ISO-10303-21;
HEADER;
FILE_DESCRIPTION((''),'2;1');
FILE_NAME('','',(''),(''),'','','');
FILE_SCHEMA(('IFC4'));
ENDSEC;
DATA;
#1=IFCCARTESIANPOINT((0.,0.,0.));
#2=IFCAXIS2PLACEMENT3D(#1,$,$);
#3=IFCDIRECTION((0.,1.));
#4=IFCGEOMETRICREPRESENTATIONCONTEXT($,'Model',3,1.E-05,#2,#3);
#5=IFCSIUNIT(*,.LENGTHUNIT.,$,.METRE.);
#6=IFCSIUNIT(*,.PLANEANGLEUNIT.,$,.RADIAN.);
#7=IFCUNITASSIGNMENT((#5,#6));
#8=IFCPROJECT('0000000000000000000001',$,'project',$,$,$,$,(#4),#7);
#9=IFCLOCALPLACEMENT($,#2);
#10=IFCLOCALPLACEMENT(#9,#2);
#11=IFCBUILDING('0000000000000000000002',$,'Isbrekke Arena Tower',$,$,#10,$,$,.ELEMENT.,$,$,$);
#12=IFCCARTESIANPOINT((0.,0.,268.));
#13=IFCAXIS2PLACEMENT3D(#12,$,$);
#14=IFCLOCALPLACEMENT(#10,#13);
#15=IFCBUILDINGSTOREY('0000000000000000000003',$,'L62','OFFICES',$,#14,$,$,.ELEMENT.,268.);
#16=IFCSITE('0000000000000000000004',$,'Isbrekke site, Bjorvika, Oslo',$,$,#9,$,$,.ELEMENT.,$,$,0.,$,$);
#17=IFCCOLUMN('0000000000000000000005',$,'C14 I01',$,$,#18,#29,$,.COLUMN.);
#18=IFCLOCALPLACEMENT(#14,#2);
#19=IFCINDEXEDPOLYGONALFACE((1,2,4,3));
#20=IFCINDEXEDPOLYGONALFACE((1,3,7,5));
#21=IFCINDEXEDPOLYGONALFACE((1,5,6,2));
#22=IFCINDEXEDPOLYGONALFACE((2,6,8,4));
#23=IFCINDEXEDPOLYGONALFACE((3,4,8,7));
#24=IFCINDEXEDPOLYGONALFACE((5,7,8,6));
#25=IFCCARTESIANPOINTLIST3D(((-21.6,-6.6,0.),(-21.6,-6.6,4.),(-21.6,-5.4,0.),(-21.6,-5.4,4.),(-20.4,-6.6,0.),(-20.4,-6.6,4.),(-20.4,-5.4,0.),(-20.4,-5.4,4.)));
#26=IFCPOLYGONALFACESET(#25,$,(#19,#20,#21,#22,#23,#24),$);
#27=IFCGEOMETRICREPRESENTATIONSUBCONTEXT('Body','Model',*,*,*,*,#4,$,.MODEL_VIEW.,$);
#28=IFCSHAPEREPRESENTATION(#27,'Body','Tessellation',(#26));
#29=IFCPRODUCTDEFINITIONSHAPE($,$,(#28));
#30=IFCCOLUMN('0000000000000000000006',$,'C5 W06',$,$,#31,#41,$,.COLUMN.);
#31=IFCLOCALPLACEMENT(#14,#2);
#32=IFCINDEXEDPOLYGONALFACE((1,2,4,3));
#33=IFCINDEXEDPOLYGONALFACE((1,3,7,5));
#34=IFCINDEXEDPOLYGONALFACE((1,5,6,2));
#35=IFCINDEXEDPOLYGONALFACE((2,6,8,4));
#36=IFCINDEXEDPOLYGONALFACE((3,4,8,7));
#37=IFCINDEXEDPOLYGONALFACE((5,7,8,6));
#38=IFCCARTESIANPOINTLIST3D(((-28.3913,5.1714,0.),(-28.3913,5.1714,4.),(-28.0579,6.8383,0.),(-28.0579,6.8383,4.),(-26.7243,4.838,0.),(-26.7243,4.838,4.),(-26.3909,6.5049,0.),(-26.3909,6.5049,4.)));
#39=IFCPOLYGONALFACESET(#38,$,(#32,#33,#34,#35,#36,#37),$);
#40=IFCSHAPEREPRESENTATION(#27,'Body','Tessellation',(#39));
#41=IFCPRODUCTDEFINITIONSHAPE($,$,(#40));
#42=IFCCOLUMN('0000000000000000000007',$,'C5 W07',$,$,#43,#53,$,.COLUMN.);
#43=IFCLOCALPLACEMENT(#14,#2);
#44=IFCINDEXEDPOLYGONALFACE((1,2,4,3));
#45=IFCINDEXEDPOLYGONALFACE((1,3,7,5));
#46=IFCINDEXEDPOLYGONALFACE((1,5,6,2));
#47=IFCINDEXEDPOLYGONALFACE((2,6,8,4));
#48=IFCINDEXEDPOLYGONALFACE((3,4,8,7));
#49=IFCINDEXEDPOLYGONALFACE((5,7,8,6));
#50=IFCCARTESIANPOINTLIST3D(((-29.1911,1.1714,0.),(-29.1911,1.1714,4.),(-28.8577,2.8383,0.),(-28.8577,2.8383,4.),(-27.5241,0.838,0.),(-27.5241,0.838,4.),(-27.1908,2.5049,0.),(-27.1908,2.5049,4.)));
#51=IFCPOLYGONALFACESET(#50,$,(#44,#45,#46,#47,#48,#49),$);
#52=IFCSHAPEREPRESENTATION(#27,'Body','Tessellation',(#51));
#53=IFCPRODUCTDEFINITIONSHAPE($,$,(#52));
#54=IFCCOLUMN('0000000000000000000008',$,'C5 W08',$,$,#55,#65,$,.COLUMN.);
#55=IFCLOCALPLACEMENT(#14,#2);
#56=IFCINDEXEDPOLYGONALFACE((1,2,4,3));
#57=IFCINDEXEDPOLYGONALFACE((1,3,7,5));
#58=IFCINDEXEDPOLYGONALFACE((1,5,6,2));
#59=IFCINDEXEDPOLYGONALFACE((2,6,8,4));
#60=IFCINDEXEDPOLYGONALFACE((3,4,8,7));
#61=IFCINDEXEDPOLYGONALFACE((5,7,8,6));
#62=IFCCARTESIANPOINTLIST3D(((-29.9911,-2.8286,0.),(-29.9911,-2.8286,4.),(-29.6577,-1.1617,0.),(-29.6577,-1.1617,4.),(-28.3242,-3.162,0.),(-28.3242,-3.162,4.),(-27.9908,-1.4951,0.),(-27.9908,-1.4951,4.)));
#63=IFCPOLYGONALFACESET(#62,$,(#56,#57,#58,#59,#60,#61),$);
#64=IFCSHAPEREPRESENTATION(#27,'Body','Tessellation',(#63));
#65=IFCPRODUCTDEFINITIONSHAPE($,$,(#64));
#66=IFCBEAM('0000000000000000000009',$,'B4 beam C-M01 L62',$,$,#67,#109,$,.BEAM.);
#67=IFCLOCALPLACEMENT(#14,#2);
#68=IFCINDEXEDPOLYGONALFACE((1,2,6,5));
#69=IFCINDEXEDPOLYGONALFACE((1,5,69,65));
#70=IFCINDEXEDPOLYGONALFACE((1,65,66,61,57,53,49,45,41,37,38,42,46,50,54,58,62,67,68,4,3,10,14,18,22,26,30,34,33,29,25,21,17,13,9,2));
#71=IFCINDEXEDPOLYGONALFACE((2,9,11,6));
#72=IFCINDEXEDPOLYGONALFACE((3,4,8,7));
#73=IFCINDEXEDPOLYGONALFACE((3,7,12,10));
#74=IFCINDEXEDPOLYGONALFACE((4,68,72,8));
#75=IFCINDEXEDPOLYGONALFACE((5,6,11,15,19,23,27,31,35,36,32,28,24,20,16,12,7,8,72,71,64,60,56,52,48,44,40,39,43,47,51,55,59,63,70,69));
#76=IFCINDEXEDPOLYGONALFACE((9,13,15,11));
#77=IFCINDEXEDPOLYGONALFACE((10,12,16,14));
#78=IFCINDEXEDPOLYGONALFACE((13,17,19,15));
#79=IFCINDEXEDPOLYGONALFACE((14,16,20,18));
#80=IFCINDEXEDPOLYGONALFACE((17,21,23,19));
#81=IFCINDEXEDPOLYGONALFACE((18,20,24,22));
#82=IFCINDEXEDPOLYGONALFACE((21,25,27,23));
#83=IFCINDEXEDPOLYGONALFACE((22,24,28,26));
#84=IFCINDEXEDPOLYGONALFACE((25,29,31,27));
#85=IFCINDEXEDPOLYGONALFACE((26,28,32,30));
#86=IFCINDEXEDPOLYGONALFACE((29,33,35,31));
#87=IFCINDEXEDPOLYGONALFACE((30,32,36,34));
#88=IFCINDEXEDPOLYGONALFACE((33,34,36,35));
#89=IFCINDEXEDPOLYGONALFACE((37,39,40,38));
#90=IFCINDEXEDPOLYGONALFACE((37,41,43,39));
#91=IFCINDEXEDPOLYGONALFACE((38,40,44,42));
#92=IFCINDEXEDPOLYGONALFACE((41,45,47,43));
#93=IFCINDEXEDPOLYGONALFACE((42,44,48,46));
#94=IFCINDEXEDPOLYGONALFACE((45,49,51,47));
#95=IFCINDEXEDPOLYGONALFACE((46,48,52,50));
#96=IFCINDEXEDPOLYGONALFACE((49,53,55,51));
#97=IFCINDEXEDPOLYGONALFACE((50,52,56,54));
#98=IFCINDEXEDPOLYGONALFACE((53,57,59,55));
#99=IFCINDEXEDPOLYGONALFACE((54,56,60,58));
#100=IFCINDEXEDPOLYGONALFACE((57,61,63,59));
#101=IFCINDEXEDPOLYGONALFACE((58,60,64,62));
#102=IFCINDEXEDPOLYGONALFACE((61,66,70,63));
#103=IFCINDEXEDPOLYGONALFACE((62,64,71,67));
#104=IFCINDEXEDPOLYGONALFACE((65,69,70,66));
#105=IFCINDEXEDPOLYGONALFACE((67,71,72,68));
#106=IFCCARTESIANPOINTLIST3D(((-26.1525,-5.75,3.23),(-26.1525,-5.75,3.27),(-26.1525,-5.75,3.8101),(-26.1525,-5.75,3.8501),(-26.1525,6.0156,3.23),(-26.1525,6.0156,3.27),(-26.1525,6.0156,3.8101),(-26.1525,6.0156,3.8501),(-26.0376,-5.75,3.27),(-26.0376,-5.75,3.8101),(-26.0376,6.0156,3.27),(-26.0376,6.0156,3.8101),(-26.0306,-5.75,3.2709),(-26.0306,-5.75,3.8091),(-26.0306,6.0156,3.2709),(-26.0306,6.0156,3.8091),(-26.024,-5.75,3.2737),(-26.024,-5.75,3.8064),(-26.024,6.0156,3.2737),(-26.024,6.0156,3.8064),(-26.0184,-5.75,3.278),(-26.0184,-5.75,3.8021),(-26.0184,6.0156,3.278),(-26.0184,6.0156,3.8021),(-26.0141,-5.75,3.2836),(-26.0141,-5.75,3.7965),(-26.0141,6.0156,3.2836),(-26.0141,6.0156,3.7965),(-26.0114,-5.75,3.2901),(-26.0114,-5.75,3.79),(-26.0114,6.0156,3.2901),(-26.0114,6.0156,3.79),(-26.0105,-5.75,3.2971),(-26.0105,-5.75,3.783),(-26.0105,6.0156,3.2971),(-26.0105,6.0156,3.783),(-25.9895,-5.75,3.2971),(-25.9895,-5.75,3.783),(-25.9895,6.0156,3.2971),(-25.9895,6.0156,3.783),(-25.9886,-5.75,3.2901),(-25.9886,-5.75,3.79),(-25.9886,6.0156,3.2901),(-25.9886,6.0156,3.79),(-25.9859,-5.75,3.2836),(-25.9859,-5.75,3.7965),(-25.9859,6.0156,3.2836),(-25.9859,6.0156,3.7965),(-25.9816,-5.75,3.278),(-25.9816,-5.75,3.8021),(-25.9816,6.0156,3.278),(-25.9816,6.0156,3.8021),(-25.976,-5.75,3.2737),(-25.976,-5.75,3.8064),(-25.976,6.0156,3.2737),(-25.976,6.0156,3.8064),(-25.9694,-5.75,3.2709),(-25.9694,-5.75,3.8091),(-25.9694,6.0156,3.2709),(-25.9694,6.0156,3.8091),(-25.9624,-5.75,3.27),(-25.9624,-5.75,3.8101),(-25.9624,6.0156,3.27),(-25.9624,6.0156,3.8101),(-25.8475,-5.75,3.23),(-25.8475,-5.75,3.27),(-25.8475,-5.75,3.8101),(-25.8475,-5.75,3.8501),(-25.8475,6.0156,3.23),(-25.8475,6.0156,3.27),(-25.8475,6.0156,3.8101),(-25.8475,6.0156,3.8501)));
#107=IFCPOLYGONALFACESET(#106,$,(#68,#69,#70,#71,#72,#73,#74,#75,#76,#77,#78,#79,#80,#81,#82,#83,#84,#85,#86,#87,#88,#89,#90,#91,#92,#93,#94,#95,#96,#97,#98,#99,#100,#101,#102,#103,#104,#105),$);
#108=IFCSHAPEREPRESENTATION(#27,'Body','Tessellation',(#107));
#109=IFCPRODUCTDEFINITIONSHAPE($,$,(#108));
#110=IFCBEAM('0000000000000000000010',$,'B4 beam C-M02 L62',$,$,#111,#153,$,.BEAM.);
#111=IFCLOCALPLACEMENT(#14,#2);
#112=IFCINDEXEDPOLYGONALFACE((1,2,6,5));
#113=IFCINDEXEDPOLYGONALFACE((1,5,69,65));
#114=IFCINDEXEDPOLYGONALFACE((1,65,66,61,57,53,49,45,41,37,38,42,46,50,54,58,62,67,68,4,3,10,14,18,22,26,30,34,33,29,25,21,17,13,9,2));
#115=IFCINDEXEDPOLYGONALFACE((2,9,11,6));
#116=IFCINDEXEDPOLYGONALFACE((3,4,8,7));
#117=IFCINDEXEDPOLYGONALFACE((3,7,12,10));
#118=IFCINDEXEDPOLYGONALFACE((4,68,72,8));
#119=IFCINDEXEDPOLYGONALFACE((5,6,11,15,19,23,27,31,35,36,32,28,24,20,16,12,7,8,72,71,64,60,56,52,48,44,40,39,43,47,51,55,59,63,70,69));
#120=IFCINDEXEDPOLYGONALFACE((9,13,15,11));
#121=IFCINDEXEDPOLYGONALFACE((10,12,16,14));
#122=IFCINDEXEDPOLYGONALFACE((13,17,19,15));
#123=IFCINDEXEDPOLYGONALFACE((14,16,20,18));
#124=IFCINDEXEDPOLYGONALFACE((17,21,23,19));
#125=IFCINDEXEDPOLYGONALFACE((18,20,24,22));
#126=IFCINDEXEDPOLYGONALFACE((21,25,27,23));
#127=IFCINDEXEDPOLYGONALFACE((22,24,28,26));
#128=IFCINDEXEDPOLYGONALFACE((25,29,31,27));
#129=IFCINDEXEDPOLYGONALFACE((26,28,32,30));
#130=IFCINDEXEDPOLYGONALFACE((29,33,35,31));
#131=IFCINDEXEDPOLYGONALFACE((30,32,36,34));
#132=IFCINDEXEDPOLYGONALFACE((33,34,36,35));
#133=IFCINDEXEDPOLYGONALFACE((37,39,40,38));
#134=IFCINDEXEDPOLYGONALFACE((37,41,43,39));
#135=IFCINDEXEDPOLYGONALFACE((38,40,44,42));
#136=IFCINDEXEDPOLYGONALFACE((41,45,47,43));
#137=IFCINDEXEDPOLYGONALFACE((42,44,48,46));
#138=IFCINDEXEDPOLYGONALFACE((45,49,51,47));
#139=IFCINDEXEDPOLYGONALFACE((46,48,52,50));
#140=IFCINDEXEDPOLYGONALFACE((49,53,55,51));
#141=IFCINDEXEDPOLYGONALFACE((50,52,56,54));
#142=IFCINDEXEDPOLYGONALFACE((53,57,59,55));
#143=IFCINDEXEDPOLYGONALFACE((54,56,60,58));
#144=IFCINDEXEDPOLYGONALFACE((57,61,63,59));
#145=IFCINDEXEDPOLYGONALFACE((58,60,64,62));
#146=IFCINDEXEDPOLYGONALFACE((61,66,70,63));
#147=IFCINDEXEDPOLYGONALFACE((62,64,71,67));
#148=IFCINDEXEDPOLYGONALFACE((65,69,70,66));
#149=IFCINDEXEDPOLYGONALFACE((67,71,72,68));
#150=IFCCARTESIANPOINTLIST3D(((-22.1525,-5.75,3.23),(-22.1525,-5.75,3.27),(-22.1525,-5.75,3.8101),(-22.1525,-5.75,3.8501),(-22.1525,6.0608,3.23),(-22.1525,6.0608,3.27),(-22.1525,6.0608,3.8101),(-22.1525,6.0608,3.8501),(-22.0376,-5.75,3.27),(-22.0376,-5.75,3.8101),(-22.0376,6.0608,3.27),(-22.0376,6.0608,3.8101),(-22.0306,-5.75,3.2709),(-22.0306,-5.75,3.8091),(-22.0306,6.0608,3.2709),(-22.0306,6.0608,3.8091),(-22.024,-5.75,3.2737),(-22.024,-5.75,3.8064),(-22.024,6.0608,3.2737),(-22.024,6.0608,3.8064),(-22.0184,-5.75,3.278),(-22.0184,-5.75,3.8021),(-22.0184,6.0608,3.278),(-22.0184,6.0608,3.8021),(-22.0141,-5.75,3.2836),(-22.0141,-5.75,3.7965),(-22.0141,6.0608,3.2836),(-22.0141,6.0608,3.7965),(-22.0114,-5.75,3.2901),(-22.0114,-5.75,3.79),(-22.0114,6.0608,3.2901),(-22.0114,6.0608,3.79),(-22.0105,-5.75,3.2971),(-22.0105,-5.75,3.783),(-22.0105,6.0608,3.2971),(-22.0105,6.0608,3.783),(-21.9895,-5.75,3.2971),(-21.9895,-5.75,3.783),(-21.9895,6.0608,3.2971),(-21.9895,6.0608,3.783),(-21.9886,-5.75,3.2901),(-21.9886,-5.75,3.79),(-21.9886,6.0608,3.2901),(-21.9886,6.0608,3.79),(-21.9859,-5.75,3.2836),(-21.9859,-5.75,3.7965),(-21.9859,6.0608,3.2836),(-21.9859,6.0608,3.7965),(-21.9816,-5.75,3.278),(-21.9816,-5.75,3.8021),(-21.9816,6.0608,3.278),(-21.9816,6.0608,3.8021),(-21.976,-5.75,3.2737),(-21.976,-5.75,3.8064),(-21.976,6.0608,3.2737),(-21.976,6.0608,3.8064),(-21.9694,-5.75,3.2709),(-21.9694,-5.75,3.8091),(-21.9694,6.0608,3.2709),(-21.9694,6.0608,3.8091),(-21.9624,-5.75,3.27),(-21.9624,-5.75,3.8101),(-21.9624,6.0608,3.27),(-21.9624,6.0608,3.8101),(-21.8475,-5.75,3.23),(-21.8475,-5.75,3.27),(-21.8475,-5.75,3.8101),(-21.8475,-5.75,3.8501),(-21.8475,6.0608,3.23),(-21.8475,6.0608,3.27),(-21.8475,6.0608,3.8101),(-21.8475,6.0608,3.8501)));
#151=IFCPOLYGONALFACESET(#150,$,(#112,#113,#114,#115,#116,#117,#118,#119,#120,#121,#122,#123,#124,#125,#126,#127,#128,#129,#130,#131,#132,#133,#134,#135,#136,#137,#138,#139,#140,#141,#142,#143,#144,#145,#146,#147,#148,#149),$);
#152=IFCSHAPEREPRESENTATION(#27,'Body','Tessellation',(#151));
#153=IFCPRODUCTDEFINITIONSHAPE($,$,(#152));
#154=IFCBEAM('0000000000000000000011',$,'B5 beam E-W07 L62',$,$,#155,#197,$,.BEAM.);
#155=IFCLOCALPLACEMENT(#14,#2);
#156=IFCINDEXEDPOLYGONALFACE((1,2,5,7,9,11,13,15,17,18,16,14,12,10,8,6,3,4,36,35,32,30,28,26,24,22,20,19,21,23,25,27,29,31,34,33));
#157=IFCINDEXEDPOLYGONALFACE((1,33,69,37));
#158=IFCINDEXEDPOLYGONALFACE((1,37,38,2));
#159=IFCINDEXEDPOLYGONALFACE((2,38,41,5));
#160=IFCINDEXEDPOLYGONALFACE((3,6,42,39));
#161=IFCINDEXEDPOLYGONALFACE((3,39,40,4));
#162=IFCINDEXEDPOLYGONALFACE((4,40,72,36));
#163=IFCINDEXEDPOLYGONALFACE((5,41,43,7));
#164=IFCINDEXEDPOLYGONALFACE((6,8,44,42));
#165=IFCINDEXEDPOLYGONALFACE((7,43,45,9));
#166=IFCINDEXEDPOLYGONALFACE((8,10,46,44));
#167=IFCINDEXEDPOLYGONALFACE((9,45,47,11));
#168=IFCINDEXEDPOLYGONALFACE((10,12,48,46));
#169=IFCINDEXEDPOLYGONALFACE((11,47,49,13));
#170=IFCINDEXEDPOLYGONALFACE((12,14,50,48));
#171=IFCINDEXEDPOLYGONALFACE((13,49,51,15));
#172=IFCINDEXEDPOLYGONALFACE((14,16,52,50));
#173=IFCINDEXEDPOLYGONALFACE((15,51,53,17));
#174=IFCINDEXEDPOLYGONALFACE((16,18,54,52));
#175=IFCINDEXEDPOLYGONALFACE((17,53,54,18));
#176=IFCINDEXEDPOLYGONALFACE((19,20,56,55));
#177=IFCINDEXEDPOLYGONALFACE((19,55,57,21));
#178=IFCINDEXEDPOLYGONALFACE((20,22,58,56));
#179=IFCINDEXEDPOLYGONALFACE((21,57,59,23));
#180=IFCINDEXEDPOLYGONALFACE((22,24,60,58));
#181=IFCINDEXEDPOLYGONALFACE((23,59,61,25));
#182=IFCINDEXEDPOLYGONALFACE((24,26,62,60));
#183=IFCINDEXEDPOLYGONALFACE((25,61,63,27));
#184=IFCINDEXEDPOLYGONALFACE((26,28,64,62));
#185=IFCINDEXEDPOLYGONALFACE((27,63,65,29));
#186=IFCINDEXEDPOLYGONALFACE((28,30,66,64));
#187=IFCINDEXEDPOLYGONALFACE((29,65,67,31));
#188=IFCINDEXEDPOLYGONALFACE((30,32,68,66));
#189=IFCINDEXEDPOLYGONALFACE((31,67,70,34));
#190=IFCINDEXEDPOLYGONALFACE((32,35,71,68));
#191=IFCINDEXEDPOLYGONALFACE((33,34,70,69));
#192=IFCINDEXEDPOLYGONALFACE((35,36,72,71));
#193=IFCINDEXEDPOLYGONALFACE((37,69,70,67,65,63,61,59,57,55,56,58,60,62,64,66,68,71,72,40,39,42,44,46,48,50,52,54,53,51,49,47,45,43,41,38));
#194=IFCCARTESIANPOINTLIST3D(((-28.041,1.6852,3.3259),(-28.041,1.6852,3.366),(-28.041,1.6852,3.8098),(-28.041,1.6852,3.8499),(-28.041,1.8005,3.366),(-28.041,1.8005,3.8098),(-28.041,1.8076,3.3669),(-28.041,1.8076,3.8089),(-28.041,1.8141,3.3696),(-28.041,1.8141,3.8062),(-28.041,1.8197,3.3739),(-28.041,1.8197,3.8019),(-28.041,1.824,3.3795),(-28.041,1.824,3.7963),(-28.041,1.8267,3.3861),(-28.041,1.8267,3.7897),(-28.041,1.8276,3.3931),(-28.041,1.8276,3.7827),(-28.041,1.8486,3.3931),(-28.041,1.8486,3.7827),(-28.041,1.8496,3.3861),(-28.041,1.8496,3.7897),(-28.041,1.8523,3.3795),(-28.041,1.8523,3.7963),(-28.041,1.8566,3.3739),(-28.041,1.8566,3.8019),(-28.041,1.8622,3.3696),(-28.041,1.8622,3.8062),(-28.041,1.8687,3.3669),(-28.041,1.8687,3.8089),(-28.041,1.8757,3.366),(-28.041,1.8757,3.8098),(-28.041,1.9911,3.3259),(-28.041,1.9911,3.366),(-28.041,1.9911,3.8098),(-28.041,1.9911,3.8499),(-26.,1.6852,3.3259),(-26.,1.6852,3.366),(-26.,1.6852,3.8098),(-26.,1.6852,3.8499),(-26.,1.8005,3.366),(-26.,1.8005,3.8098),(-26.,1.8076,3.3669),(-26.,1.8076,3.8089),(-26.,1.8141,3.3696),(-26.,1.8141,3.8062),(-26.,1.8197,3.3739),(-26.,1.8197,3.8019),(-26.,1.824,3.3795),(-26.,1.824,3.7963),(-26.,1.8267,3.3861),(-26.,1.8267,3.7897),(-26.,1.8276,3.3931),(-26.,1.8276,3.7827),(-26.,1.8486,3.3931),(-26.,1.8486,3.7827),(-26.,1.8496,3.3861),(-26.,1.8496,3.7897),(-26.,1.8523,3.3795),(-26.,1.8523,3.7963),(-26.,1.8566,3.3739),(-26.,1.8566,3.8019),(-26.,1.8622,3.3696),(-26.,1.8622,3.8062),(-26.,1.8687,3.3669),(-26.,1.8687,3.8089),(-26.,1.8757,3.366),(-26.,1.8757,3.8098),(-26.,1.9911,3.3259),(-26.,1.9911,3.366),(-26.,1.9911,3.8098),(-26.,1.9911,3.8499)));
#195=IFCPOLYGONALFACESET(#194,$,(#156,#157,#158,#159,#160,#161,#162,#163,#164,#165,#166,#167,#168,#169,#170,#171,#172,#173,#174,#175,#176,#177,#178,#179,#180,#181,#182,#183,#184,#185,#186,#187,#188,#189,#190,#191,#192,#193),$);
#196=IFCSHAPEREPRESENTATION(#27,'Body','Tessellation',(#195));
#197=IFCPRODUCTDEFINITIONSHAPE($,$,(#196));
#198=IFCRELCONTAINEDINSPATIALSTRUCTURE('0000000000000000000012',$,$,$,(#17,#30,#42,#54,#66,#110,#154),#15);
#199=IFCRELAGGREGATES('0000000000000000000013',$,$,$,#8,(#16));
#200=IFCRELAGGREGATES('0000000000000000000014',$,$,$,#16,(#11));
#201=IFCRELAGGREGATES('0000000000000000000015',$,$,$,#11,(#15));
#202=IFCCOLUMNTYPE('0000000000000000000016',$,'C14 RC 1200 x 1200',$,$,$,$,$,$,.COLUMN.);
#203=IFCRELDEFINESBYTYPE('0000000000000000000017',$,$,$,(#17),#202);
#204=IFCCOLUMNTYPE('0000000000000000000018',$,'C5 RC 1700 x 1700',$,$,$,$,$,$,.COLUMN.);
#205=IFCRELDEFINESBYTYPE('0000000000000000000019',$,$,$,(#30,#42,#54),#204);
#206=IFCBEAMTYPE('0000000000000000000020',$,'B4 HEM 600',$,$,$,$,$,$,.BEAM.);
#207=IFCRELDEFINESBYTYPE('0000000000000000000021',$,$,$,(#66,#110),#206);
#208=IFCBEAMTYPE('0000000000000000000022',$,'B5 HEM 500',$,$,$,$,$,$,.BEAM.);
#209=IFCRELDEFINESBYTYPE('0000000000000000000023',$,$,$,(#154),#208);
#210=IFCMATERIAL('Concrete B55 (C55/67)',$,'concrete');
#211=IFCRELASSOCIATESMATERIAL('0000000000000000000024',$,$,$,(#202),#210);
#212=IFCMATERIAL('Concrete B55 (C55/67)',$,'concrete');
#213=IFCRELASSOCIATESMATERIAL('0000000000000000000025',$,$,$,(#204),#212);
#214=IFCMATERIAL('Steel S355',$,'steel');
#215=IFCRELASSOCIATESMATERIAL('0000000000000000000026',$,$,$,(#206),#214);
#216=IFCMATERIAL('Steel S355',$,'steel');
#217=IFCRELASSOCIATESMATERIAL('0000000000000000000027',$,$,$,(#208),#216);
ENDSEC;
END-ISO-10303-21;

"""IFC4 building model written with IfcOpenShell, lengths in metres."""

from ifc_helpers import new_model, si_unit, direction, frame, origin, origin_2d, place, context, subcontext, project, spatial, rectangle, i_section, extrude, material, material_profile, profile_set, type_object, element, save


model = new_model("IFC4")

# Units and contexts
model_context = context("Model", 3, precision=1e-05, world=origin(), true_north=direction((0.0, 1.0)))
body_context = subcontext(model_context, "Body", "Model", "MODEL_VIEW")
ifc_project = project(units=[si_unit("LENGTHUNIT", "METRE"), si_unit("PLANEANGLEUNIT", "RADIAN")], contexts=[model_context])

# Site, building, storey
site_placement = place(None, origin())
site = spatial("IfcSite", under=ifc_project, at=site_placement, Name="Isbrekke site, Bjorvika, Oslo", CompositionType="ELEMENT", RefElevation=0.0)
building_placement = place(site_placement, origin())
building = spatial("IfcBuilding", under=site, at=building_placement, Name="Isbrekke Arena Tower", CompositionType="ELEMENT")
storey_placement = place(building_placement, frame((0.0, 0.0, 268.0)))
storey = spatial("IfcBuildingStorey", under=building, at=storey_placement, Name="L62", Description="OFFICES", CompositionType="ELEMENT", Elevation=268.0)

# Columns
ifc_material_1 = material(Name="Concrete B55 (C55/67)", Category="concrete")
ifc_material_profile_1 = material_profile(ifc_material_1, rectangle(XDim=1.2, YDim=1.2, at=origin_2d()), Name="RC 1200x1200")
ifc_profile_set_1 = profile_set([ifc_material_profile_1], Name="Concrete B55 (C55/67)")
column_type_1 = type_object("IfcColumnType", Name="C14 RC 1200 x 1200", PredefinedType="COLUMN", material=ifc_profile_set_1)
column_placement = place(storey_placement, frame((-21.0, -6.0, 0.0), z_axis=(0.0, 0.0, 1.0), x_axis=(1.0, 0.0, 0.0)))
element("IfcColumn", 1, at=column_placement, inside=storey, type_object=column_type_1, Name="C14 I01", PredefinedType="COLUMN", context=body_context, shape_type="SweptSolid", body=[
    extrude(rectangle(XDim=1.2, YDim=1.2, at=origin_2d()), origin(), (0.0, 0.0, 1.0), 4.0),
])
ifc_material_2 = material(Name="Concrete B55 (C55/67)", Category="concrete")
ifc_material_profile_2 = material_profile(ifc_material_2, rectangle(XDim=1.7, YDim=1.7, at=origin_2d()), Name="RC 1700x1700")
ifc_profile_set_2 = profile_set([ifc_material_profile_2], Name="Concrete B55 (C55/67)")
column_type_2 = type_object("IfcColumnType", Name="C5 RC 1700 x 1700", PredefinedType="COLUMN", material=ifc_profile_set_2)
for number, where, z_axis, x_axis, name in (
    (2, (-27.3911, 5.8381, 0.0), (0.0, 0.0, 1.0), (-0.196116, -0.980581, 0.0), "C5 W06"),
    (3, (-28.1909, 1.8381, 0.0), (0.0, 0.0, 1.0), (-0.196116, -0.980581, 0.0), "C5 W07"),
    (4, (-28.991, -2.1619, 0.0), (0.0, 0.0, 1.0), (-0.196116, -0.980581, 0.0), "C5 W08"),
):
    element("IfcColumn", number, at=place(storey_placement, frame(where, z_axis=z_axis, x_axis=x_axis)), inside=storey, type_object=column_type_2, Name=name, PredefinedType="COLUMN", context=body_context, shape_type="SweptSolid", body=[
        extrude(rectangle(XDim=1.7, YDim=1.7, at=origin_2d()), origin(), (0.0, 0.0, 1.0), 4.0),
    ])

# Beams
ifc_material_3 = material(Name="Steel S355", Category="steel")
ifc_material_profile_3 = material_profile(ifc_material_3, i_section(OverallWidth=0.3049, OverallDepth=0.6201, WebThickness=0.021, FlangeThickness=0.04, FilletRadius=0.0271, at=origin_2d()), Name="HEM 600")
ifc_profile_set_3 = profile_set([ifc_material_profile_3], Name="Steel S355")
beam_type_1 = type_object("IfcBeamType", Name="B4 HEM 600", PredefinedType="BEAM", material=ifc_profile_set_3)
beam_1_placement = place(storey_placement, frame((-26.0, -5.75, 3.54), z_axis=(0.0, 1.0, 0.0), x_axis=(-1.0, 0.0, 0.0)))
element("IfcBeam", 5, at=beam_1_placement, inside=storey, type_object=beam_type_1, Name="B4 beam C-M01 L62", PredefinedType="BEAM", context=body_context, shape_type="SweptSolid", body=[
    extrude(i_section(OverallWidth=0.3049, OverallDepth=0.6201, WebThickness=0.021, FlangeThickness=0.04, FilletRadius=0.0271, at=origin_2d()), origin(), (0.0, 0.0, 1.0), 11.7656),
])
beam_2_placement = place(storey_placement, frame((-22.0, -5.75, 3.54), z_axis=(0.0, 1.0, 0.0), x_axis=(-1.0, 0.0, 0.0)))
element("IfcBeam", 6, at=beam_2_placement, inside=storey, type_object=beam_type_1, Name="B4 beam C-M02 L62", PredefinedType="BEAM", context=body_context, shape_type="SweptSolid", body=[
    extrude(i_section(OverallWidth=0.3049, OverallDepth=0.6201, WebThickness=0.021, FlangeThickness=0.04, FilletRadius=0.0271, at=origin_2d()), origin(), (0.0, 0.0, 1.0), 11.8108),
])
ifc_material_4 = material(Name="Steel S355", Category="steel")
ifc_material_profile_4 = material_profile(ifc_material_4, i_section(OverallWidth=0.3059, OverallDepth=0.5239, WebThickness=0.021, FlangeThickness=0.04, FilletRadius=0.0271, at=origin_2d()), Name="HEM 500")
ifc_profile_set_4 = profile_set([ifc_material_profile_4], Name="Steel S355")
beam_type_2 = type_object("IfcBeamType", Name="B5 HEM 500", PredefinedType="BEAM", material=ifc_profile_set_4)
beam_3_placement = place(storey_placement, frame((-28.041, 1.8381, 3.5879), z_axis=(1.0, 0.0, 0.0), x_axis=(0.0, 1.0, 0.0)))
element("IfcBeam", 7, at=beam_3_placement, inside=storey, type_object=beam_type_2, Name="B5 beam E-W07 L62", PredefinedType="BEAM", context=body_context, shape_type="SweptSolid", body=[
    extrude(i_section(OverallWidth=0.3059, OverallDepth=0.5239, WebThickness=0.021, FlangeThickness=0.04, FilletRadius=0.0271, at=origin_2d()), origin(), (0.0, 0.0, 1.0), 2.041),
])

save(model, "model.ifc")
